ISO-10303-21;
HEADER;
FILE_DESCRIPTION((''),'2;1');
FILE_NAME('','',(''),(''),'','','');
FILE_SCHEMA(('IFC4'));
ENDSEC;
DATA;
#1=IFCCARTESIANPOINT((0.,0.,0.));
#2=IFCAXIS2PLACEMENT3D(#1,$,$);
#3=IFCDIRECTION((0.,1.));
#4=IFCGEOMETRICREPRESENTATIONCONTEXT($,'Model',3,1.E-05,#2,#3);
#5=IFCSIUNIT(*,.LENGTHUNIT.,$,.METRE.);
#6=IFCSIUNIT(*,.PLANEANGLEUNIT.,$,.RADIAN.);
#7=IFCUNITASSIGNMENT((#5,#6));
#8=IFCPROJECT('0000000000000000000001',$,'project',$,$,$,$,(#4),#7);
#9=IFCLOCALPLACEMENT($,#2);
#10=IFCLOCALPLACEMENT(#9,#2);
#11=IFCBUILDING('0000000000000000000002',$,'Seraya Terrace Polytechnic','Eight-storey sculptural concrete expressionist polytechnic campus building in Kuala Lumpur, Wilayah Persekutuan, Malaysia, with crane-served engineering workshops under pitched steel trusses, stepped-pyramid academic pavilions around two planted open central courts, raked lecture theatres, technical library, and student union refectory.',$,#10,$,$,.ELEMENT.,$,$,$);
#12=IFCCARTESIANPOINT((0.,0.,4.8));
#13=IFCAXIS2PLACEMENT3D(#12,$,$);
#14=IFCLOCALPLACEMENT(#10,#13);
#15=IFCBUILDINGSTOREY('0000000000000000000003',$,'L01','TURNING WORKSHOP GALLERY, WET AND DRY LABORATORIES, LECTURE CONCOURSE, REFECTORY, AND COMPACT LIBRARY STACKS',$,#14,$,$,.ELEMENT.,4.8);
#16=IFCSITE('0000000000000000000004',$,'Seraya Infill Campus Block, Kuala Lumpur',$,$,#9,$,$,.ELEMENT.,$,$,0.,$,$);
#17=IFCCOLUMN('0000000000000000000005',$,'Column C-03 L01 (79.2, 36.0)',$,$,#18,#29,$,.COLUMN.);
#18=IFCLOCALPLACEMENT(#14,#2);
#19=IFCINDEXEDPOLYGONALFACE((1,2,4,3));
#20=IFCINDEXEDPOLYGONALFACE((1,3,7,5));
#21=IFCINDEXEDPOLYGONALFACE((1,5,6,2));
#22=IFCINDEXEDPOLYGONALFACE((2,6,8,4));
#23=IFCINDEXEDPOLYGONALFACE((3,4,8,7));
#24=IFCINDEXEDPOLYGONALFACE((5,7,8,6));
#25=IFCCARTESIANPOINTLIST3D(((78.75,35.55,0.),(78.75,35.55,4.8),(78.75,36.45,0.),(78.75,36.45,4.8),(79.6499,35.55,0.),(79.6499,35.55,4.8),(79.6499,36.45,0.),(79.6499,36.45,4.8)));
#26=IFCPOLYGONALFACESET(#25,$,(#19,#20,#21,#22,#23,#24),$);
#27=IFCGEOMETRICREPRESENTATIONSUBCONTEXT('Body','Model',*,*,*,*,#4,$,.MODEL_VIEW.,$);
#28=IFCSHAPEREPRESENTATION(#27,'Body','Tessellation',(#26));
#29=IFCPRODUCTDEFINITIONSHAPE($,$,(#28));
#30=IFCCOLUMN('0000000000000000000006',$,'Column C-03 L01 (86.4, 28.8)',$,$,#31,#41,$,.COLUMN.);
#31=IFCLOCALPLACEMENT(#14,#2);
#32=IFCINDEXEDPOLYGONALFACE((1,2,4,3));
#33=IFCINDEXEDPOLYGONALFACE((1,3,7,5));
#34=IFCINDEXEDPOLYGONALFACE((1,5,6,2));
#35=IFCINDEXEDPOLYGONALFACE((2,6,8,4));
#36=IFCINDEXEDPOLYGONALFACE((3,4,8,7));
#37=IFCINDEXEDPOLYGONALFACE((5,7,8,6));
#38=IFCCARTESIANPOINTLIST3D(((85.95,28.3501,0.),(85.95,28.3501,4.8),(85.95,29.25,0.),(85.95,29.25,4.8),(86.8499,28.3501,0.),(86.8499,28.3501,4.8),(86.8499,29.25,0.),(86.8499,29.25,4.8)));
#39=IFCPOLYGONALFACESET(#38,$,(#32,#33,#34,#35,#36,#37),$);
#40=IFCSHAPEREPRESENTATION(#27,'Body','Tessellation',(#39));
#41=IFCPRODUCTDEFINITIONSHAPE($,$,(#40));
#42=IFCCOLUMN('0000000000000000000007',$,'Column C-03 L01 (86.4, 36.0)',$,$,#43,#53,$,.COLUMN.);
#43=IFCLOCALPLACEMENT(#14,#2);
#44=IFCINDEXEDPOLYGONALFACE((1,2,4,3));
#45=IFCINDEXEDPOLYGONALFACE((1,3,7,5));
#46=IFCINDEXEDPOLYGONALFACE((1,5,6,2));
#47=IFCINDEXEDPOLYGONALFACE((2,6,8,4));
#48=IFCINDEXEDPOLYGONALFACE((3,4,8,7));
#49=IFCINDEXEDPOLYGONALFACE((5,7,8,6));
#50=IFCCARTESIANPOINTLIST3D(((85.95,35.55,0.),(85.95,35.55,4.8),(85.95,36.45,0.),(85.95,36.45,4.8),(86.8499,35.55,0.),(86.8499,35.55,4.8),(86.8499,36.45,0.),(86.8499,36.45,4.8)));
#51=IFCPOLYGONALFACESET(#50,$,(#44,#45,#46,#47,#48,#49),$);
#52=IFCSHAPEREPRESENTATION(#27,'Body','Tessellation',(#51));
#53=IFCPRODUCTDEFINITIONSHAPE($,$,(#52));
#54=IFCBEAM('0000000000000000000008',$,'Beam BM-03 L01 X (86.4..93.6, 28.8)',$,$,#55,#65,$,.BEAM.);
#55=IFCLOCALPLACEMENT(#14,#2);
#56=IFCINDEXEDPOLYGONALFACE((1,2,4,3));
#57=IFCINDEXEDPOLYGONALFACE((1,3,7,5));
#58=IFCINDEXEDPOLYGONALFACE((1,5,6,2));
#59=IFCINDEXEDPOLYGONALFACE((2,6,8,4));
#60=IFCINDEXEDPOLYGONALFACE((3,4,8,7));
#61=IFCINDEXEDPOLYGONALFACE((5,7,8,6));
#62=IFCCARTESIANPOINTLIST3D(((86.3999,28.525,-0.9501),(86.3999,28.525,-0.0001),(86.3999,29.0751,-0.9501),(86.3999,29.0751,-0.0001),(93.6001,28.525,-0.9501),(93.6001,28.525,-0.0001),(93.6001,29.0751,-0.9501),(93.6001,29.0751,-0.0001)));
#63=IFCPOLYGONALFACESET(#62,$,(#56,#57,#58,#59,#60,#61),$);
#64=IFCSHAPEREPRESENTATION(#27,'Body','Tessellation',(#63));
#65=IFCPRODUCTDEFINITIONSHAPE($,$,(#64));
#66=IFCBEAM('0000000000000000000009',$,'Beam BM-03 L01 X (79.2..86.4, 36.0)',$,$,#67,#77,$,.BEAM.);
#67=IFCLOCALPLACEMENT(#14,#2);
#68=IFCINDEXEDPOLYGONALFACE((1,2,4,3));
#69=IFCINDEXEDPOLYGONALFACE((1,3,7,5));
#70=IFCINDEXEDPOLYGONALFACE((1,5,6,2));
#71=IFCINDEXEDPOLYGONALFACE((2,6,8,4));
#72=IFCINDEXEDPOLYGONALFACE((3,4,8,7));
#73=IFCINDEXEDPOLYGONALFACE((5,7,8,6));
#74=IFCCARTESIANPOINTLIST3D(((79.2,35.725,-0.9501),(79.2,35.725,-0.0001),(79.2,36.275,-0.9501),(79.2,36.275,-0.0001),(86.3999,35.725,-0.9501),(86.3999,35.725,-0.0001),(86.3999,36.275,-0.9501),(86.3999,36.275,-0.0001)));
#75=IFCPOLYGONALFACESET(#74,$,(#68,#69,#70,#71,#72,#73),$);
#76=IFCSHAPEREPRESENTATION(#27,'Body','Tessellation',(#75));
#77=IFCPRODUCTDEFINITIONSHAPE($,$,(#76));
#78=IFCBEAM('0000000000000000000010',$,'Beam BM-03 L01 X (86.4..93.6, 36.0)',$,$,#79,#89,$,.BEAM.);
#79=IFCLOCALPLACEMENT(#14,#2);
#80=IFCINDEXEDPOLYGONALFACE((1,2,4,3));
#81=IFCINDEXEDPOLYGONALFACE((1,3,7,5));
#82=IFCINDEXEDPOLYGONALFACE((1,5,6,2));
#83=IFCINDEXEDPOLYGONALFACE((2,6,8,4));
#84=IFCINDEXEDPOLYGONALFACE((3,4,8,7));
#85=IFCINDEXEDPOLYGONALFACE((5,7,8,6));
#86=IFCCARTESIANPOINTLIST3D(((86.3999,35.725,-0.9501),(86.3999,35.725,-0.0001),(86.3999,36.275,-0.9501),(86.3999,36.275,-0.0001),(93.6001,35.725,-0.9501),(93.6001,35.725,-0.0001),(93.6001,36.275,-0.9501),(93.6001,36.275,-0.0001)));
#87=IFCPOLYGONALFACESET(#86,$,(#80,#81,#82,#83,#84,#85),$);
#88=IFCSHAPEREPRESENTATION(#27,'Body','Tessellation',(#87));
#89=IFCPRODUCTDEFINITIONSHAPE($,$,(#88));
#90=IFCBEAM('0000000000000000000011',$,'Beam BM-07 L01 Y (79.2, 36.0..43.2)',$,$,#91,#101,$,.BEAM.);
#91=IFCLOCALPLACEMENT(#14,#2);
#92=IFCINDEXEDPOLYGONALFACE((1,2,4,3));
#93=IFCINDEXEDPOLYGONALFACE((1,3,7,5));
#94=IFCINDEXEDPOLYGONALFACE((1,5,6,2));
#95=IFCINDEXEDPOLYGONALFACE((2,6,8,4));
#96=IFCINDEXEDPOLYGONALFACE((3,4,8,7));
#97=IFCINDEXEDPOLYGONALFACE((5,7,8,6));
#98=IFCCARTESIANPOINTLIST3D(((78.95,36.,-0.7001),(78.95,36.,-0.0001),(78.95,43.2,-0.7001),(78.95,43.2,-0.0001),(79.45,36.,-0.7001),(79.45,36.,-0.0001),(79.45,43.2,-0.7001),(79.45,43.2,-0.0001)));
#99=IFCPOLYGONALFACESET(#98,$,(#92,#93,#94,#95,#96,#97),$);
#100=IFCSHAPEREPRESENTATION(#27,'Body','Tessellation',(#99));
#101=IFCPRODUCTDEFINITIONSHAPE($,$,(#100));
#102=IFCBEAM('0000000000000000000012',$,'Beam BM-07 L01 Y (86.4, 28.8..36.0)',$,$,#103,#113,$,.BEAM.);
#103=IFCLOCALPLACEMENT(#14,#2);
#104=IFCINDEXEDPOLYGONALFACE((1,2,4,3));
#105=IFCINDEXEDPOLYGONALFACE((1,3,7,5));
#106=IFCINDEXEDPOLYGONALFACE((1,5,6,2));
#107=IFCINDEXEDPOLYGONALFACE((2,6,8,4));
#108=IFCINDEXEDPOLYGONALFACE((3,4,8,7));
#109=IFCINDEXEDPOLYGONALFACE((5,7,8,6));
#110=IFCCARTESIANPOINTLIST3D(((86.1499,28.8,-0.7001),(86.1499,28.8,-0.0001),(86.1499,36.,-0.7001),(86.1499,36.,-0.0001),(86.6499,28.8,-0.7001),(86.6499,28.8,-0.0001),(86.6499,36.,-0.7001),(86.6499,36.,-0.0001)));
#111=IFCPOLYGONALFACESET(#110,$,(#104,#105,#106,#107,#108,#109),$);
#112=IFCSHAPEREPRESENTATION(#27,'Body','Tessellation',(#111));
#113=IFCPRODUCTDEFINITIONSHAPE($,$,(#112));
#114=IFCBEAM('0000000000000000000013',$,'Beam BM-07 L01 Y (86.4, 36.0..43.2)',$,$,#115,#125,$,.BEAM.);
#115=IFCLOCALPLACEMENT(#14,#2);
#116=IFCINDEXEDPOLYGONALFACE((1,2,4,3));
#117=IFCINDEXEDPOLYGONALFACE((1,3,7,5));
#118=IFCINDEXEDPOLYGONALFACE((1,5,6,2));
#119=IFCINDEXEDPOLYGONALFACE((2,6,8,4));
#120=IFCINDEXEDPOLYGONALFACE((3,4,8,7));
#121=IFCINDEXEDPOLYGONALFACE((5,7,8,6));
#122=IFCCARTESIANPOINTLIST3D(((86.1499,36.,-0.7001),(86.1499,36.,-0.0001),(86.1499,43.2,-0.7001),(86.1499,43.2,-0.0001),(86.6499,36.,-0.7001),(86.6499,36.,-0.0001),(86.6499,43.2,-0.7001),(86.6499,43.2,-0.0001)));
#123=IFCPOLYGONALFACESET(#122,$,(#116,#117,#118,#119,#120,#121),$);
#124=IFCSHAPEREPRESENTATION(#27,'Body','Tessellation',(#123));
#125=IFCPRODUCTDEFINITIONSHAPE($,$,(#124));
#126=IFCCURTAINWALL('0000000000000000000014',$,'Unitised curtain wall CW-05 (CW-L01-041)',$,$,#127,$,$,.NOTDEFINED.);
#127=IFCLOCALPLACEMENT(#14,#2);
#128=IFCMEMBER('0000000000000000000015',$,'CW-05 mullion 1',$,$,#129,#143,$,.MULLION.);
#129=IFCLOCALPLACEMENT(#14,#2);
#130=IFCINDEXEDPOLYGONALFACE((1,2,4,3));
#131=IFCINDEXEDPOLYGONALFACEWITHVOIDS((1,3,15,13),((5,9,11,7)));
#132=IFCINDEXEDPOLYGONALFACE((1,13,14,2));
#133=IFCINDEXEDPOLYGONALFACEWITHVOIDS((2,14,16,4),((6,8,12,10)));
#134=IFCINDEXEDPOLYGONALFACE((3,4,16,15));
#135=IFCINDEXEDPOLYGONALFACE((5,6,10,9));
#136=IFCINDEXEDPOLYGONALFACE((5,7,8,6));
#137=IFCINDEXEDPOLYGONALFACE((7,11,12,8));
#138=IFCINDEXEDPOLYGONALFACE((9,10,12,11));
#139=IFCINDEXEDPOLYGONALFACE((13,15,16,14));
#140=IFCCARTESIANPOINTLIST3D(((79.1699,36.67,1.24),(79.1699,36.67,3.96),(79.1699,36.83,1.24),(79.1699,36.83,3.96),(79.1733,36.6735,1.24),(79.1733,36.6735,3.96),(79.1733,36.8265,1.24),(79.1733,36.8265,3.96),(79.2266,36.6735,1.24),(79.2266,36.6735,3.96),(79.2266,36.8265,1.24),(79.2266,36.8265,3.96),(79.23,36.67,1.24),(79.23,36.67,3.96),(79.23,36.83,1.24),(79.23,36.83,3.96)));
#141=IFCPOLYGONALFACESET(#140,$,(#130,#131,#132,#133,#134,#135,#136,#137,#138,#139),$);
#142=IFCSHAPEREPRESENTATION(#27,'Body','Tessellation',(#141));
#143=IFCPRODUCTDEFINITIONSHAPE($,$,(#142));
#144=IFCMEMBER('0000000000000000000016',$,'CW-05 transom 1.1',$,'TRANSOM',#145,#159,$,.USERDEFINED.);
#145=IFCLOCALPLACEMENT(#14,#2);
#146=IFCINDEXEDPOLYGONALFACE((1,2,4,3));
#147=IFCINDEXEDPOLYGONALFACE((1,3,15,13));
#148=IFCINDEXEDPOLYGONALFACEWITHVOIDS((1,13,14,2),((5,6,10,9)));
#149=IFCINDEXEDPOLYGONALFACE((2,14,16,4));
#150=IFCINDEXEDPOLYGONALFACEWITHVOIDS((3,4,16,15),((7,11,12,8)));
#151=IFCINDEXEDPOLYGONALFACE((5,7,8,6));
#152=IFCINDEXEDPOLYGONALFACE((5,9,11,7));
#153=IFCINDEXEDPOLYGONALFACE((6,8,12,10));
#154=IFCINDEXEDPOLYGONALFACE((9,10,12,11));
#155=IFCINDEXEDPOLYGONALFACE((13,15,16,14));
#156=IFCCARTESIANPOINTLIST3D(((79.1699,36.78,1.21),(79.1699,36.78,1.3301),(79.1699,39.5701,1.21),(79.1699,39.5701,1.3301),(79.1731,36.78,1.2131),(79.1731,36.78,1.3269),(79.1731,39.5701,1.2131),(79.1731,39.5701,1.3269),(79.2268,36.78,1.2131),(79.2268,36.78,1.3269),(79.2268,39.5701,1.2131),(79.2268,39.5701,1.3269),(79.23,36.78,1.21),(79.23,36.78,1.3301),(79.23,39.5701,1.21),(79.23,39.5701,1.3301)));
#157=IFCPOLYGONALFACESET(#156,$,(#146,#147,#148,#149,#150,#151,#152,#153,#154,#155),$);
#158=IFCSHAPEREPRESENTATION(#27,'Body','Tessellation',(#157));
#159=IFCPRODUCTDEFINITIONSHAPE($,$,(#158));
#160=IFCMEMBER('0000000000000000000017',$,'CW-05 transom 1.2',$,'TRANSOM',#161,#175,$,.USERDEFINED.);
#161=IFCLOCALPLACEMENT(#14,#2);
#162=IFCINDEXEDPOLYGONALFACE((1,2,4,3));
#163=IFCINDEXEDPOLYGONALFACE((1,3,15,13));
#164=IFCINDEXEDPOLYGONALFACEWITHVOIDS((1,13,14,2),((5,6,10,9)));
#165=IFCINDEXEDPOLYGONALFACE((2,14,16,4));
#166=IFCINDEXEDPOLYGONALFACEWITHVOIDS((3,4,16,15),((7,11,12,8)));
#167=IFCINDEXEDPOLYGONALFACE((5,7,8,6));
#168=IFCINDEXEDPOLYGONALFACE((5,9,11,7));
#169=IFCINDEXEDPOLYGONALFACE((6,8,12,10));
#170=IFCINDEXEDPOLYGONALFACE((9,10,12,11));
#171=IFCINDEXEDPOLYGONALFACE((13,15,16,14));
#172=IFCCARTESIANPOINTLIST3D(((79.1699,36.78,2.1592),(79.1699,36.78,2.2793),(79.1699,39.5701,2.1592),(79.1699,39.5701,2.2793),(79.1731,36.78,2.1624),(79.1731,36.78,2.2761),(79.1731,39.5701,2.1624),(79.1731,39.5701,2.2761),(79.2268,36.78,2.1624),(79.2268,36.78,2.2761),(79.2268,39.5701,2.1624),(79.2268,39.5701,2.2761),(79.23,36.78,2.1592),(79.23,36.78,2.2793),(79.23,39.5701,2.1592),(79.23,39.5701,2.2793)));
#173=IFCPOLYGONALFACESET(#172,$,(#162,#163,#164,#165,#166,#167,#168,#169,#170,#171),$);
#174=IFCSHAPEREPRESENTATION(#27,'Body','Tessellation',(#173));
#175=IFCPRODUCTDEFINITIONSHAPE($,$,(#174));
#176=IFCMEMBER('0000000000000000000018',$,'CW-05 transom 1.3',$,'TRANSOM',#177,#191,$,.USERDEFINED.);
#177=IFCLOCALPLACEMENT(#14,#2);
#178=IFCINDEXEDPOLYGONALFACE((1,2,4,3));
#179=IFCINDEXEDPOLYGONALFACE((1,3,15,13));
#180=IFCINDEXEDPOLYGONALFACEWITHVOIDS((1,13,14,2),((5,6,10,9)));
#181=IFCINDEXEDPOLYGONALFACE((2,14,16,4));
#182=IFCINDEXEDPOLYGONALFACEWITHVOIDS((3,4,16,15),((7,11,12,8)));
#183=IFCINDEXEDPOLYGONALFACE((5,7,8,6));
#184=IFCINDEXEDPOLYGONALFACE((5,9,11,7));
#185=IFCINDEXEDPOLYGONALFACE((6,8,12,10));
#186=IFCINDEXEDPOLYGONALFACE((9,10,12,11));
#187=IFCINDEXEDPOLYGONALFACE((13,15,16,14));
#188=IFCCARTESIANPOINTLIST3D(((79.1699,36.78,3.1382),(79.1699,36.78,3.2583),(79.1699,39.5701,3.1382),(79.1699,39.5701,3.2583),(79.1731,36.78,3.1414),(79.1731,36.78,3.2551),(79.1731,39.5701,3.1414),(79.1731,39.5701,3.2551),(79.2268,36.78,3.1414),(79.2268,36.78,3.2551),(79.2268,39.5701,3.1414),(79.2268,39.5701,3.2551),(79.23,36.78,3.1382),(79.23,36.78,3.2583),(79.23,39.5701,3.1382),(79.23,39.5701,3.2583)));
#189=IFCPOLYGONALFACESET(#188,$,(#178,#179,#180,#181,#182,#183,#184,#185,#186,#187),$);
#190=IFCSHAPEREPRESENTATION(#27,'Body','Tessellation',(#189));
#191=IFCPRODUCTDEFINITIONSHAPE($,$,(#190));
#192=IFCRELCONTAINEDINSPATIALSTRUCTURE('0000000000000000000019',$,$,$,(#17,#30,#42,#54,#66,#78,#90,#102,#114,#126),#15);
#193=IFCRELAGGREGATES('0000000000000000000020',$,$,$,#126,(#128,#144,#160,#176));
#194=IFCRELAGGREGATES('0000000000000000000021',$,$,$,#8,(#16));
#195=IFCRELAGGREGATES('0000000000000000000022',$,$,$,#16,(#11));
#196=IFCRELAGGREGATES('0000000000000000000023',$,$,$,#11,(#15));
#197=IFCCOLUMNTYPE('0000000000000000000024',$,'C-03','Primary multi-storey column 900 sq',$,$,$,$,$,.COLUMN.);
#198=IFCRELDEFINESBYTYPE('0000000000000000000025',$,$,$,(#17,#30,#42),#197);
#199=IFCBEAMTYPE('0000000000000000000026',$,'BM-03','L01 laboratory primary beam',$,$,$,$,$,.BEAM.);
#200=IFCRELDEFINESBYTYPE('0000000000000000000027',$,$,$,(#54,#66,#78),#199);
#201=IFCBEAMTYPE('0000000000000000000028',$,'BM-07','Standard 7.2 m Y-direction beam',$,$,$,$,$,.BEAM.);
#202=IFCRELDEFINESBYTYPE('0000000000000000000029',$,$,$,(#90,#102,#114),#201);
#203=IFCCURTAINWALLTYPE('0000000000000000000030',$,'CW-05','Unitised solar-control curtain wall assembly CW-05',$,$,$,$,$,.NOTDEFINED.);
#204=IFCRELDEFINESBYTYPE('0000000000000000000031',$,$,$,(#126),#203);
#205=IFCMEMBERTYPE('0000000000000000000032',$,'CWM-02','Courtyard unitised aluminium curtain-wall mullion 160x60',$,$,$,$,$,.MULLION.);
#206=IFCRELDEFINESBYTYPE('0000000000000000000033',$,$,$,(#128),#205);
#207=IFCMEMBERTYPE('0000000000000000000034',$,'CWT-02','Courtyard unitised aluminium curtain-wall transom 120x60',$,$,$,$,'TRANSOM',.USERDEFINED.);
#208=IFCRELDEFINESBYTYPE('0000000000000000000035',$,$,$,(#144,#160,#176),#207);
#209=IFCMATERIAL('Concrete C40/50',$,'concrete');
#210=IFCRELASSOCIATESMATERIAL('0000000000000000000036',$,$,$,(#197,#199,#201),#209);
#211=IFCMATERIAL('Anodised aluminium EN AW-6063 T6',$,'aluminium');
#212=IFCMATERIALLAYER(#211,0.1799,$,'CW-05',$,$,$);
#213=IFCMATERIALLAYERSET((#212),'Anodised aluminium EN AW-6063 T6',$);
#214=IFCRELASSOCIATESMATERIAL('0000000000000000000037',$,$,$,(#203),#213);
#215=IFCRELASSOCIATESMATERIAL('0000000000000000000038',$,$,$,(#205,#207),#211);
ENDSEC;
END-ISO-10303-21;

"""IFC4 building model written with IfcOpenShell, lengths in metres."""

from ifc_helpers import new_model, si_unit, direction, frame, origin, origin_2d, place, context, subcontext, project, spatial, rectangle, hollow_rectangle, extrude, material, layer, layer_set, material_profile, profile_set, type_object, element, aggregate, save


model = new_model("IFC4")

# Units and contexts
model_context = context("Model", 3, precision=1e-05, world=origin(), true_north=direction((0.0, 1.0)))
body_context = subcontext(model_context, "Body", "Model", "MODEL_VIEW")
ifc_project = project(units=[si_unit("LENGTHUNIT", "METRE"), si_unit("PLANEANGLEUNIT", "RADIAN")], contexts=[model_context])

# Site, building, storey
site_placement = place(None, origin())
site = spatial("IfcSite", under=ifc_project, at=site_placement, Name="Seraya Infill Campus Block, Kuala Lumpur", CompositionType="ELEMENT", RefElevation=0.0)
building_placement = place(site_placement, origin())
building = spatial("IfcBuilding", under=site, at=building_placement, Name="Seraya Terrace Polytechnic", Description="Eight-storey sculptural concrete expressionist polytechnic campus building in Kuala Lumpur, Wilayah Persekutuan, Malaysia, with crane-served engineering workshops under pitched steel trusses, stepped-pyramid academic pavilions around two planted open central courts, raked lecture theatres, technical library, and student union refectory.", CompositionType="ELEMENT")
storey_placement = place(building_placement, frame((0.0, 0.0, 4.8)))
storey = spatial("IfcBuildingStorey", under=building, at=storey_placement, Name="L01", Description="TURNING WORKSHOP GALLERY, WET AND DRY LABORATORIES, LECTURE CONCOURSE, REFECTORY, AND COMPACT LIBRARY STACKS", CompositionType="ELEMENT", Elevation=4.8)

# Columns
ifc_material_1 = material(Name="Concrete C40/50", Category="concrete")
ifc_material_profile_1 = material_profile(ifc_material_1, rectangle(XDim=0.8999, YDim=0.8999, at=origin_2d()), Name="RC 900x900")
ifc_profile_set_1 = profile_set([ifc_material_profile_1], Name="Concrete C40/50")
column_type = type_object("IfcColumnType", Name="C-03", Description="Primary multi-storey column 900 sq", PredefinedType="COLUMN", material=ifc_profile_set_1)
for number, where, z_axis, x_axis, name in (
    (1, (79.2, 36.0, 0.0), (0.0, 0.0, 1.0), (1.0, 0.0, 0.0), "Column C-03 L01 (79.2, 36.0)"),
    (2, (86.3999, 28.8, 0.0), (0.0, 0.0, 1.0), (1.0, 0.0, 0.0), "Column C-03 L01 (86.4, 28.8)"),
    (3, (86.3999, 36.0, 0.0), (0.0, 0.0, 1.0), (1.0, 0.0, 0.0), "Column C-03 L01 (86.4, 36.0)"),
):
    element("IfcColumn", number, at=place(storey_placement, frame(where, z_axis=z_axis, x_axis=x_axis)), inside=storey, type_object=column_type, Name=name, PredefinedType="COLUMN", context=body_context, shape_type="SweptSolid", body=[
        extrude(rectangle(XDim=0.8999, YDim=0.8999, at=origin_2d()), origin(), (0.0, 0.0, 1.0), 4.8),
    ])

# Beams
ifc_material_profile_2 = material_profile(ifc_material_1, rectangle(XDim=0.55, YDim=0.95, at=origin_2d()), Name="RC 550x950")
ifc_profile_set_2 = profile_set([ifc_material_profile_2], Name="Concrete C40/50")
beam_type_1 = type_object("IfcBeamType", Name="BM-03", Description="L01 laboratory primary beam", PredefinedType="BEAM", material=ifc_profile_set_2)
beam_1_placement = place(storey_placement, frame((86.3999, 28.8, -0.4751), z_axis=(1.0, 0.0, 0.0), x_axis=(0.0, 1.0, 0.0)))
element("IfcBeam", 4, at=beam_1_placement, inside=storey, type_object=beam_type_1, Name="Beam BM-03 L01 X (86.4..93.6, 28.8)", PredefinedType="BEAM", context=body_context, shape_type="SweptSolid", body=[
    extrude(rectangle(XDim=0.55, YDim=0.95, at=origin_2d()), origin(), (0.0, 0.0, 1.0), 7.2002),
])
beam_2_placement = place(storey_placement, frame((79.2, 36.0, -0.4751), z_axis=(1.0, 0.0, 0.0), x_axis=(0.0, 1.0, 0.0)))
element("IfcBeam", 5, at=beam_2_placement, inside=storey, type_object=beam_type_1, Name="Beam BM-03 L01 X (79.2..86.4, 36.0)", PredefinedType="BEAM", context=body_context, shape_type="SweptSolid", body=[
    extrude(rectangle(XDim=0.55, YDim=0.95, at=origin_2d()), origin(), (0.0, 0.0, 1.0), 7.2),
])
beam_3_placement = place(storey_placement, frame((86.3999, 36.0, -0.4751), z_axis=(1.0, 0.0, 0.0), x_axis=(0.0, 1.0, 0.0)))
element("IfcBeam", 6, at=beam_3_placement, inside=storey, type_object=beam_type_1, Name="Beam BM-03 L01 X (86.4..93.6, 36.0)", PredefinedType="BEAM", context=body_context, shape_type="SweptSolid", body=[
    extrude(rectangle(XDim=0.55, YDim=0.95, at=origin_2d()), origin(), (0.0, 0.0, 1.0), 7.2002),
])
ifc_material_profile_3 = material_profile(ifc_material_1, rectangle(XDim=0.5, YDim=0.7, at=origin_2d()), Name="RC 500x700")
ifc_profile_set_3 = profile_set([ifc_material_profile_3], Name="Concrete C40/50")
beam_type_2 = type_object("IfcBeamType", Name="BM-07", Description="Standard 7.2 m Y-direction beam", PredefinedType="BEAM", material=ifc_profile_set_3)
for number, where, z_axis, x_axis, name in (
    (7, (79.2, 36.0, -0.3501), (0.0, 1.0, 0.0), (-1.0, 0.0, 0.0), "Beam BM-07 L01 Y (79.2, 36.0..43.2)"),
    (8, (86.3999, 28.8, -0.3501), (0.0, 1.0, 0.0), (-1.0, 0.0, 0.0), "Beam BM-07 L01 Y (86.4, 28.8..36.0)"),
    (9, (86.3999, 36.0, -0.3501), (0.0, 1.0, 0.0), (-1.0, 0.0, 0.0), "Beam BM-07 L01 Y (86.4, 36.0..43.2)"),
):
    element("IfcBeam", number, at=place(storey_placement, frame(where, z_axis=z_axis, x_axis=x_axis)), inside=storey, type_object=beam_type_2, Name=name, PredefinedType="BEAM", context=body_context, shape_type="SweptSolid", body=[
        extrude(rectangle(XDim=0.5, YDim=0.7, at=origin_2d()), origin(), (0.0, 0.0, 1.0), 7.2),
    ])

# Curtain wall, members
ifc_material_2 = material(Name="Anodised aluminium EN AW-6063 T6", Category="aluminium")
ifc_layer_1 = layer(ifc_material_2, 0.1799, Name="CW-05")
ifc_layer_set_1 = layer_set([ifc_layer_1], Name="Anodised aluminium EN AW-6063 T6")
curtain_wall_type = type_object("IfcCurtainWallType", Name="CW-05", Description="Unitised solar-control curtain wall assembly CW-05", PredefinedType="NOTDEFINED", material=ifc_layer_set_1)
curtain_wall_placement = place(storey_placement, origin())
curtain_wall = element("IfcCurtainWall", 10, at=curtain_wall_placement, inside=storey, type_object=curtain_wall_type, Name="Unitised curtain wall CW-05 (CW-L01-041)", PredefinedType="NOTDEFINED")
ifc_material_profile_4 = material_profile(ifc_material_2, hollow_rectangle(XDim=0.0601, YDim=0.1599, WallThickness=0.0034, at=origin_2d()), Name="RHS 160x60x3.5")
ifc_profile_set_4 = profile_set([ifc_material_profile_4], Name="Anodised aluminium EN AW-6063 T6")
member_type_1 = type_object("IfcMemberType", Name="CWM-02", Description="Courtyard unitised aluminium curtain-wall mullion 160x60", PredefinedType="MULLION", material=ifc_profile_set_4)
member_1_placement = place(storey_placement, frame((79.2, 36.75, 1.24), z_axis=(0.0, 0.0, 1.0), x_axis=(-1.0, 0.0, 0.0)))
member_1 = element("IfcMember", 11, at=member_1_placement, type_object=member_type_1, Name="CW-05 mullion 1", PredefinedType="MULLION", context=body_context, shape_type="SweptSolid", body=[
    extrude(hollow_rectangle(XDim=0.0601, YDim=0.1599, WallThickness=0.0034, at=origin_2d()), origin(), (0.0, 0.0, 1.0), 2.72),
])
ifc_material_profile_5 = material_profile(ifc_material_2, hollow_rectangle(XDim=0.0601, YDim=0.1201, WallThickness=0.0032, at=origin_2d()), Name="RHS 120x60x3.2")
ifc_profile_set_5 = profile_set([ifc_material_profile_5], Name="Anodised aluminium EN AW-6063 T6")
member_type_2 = type_object("IfcMemberType", Name="CWT-02", Description="Courtyard unitised aluminium curtain-wall transom 120x60", ElementType="TRANSOM", PredefinedType="USERDEFINED", material=ifc_profile_set_5)
member_2_placement = place(storey_placement, frame((79.2, 36.78, 1.27), z_axis=(0.0, 1.0, 0.0), x_axis=(-1.0, 0.0, 0.0)))
member_2 = element("IfcMember", 12, at=member_2_placement, type_object=member_type_2, Name="CW-05 transom 1.1", ObjectType="TRANSOM", PredefinedType="USERDEFINED", context=body_context, shape_type="SweptSolid", body=[
    extrude(hollow_rectangle(XDim=0.0601, YDim=0.1201, WallThickness=0.0032, at=origin_2d()), origin(), (0.0, 0.0, 1.0), 2.79),
])
member_3_placement = place(storey_placement, frame((79.2, 36.78, 2.2192), z_axis=(0.0, 1.0, 0.0), x_axis=(-1.0, 0.0, 0.0)))
member_3 = element("IfcMember", 13, at=member_3_placement, type_object=member_type_2, Name="CW-05 transom 1.2", ObjectType="TRANSOM", PredefinedType="USERDEFINED", context=body_context, shape_type="SweptSolid", body=[
    extrude(hollow_rectangle(XDim=0.0601, YDim=0.1201, WallThickness=0.0032, at=origin_2d()), origin(), (0.0, 0.0, 1.0), 2.79),
])
member_4_placement = place(storey_placement, frame((79.2, 36.78, 3.1982), z_axis=(0.0, 1.0, 0.0), x_axis=(-1.0, 0.0, 0.0)))
member_4 = element("IfcMember", 14, at=member_4_placement, type_object=member_type_2, Name="CW-05 transom 1.3", ObjectType="TRANSOM", PredefinedType="USERDEFINED", context=body_context, shape_type="SweptSolid", body=[
    extrude(hollow_rectangle(XDim=0.0601, YDim=0.1201, WallThickness=0.0032, at=origin_2d()), origin(), (0.0, 0.0, 1.0), 2.79),
])
aggregate(curtain_wall, [member_1, member_2, member_3, member_4])

save(model, "model.ifc")
